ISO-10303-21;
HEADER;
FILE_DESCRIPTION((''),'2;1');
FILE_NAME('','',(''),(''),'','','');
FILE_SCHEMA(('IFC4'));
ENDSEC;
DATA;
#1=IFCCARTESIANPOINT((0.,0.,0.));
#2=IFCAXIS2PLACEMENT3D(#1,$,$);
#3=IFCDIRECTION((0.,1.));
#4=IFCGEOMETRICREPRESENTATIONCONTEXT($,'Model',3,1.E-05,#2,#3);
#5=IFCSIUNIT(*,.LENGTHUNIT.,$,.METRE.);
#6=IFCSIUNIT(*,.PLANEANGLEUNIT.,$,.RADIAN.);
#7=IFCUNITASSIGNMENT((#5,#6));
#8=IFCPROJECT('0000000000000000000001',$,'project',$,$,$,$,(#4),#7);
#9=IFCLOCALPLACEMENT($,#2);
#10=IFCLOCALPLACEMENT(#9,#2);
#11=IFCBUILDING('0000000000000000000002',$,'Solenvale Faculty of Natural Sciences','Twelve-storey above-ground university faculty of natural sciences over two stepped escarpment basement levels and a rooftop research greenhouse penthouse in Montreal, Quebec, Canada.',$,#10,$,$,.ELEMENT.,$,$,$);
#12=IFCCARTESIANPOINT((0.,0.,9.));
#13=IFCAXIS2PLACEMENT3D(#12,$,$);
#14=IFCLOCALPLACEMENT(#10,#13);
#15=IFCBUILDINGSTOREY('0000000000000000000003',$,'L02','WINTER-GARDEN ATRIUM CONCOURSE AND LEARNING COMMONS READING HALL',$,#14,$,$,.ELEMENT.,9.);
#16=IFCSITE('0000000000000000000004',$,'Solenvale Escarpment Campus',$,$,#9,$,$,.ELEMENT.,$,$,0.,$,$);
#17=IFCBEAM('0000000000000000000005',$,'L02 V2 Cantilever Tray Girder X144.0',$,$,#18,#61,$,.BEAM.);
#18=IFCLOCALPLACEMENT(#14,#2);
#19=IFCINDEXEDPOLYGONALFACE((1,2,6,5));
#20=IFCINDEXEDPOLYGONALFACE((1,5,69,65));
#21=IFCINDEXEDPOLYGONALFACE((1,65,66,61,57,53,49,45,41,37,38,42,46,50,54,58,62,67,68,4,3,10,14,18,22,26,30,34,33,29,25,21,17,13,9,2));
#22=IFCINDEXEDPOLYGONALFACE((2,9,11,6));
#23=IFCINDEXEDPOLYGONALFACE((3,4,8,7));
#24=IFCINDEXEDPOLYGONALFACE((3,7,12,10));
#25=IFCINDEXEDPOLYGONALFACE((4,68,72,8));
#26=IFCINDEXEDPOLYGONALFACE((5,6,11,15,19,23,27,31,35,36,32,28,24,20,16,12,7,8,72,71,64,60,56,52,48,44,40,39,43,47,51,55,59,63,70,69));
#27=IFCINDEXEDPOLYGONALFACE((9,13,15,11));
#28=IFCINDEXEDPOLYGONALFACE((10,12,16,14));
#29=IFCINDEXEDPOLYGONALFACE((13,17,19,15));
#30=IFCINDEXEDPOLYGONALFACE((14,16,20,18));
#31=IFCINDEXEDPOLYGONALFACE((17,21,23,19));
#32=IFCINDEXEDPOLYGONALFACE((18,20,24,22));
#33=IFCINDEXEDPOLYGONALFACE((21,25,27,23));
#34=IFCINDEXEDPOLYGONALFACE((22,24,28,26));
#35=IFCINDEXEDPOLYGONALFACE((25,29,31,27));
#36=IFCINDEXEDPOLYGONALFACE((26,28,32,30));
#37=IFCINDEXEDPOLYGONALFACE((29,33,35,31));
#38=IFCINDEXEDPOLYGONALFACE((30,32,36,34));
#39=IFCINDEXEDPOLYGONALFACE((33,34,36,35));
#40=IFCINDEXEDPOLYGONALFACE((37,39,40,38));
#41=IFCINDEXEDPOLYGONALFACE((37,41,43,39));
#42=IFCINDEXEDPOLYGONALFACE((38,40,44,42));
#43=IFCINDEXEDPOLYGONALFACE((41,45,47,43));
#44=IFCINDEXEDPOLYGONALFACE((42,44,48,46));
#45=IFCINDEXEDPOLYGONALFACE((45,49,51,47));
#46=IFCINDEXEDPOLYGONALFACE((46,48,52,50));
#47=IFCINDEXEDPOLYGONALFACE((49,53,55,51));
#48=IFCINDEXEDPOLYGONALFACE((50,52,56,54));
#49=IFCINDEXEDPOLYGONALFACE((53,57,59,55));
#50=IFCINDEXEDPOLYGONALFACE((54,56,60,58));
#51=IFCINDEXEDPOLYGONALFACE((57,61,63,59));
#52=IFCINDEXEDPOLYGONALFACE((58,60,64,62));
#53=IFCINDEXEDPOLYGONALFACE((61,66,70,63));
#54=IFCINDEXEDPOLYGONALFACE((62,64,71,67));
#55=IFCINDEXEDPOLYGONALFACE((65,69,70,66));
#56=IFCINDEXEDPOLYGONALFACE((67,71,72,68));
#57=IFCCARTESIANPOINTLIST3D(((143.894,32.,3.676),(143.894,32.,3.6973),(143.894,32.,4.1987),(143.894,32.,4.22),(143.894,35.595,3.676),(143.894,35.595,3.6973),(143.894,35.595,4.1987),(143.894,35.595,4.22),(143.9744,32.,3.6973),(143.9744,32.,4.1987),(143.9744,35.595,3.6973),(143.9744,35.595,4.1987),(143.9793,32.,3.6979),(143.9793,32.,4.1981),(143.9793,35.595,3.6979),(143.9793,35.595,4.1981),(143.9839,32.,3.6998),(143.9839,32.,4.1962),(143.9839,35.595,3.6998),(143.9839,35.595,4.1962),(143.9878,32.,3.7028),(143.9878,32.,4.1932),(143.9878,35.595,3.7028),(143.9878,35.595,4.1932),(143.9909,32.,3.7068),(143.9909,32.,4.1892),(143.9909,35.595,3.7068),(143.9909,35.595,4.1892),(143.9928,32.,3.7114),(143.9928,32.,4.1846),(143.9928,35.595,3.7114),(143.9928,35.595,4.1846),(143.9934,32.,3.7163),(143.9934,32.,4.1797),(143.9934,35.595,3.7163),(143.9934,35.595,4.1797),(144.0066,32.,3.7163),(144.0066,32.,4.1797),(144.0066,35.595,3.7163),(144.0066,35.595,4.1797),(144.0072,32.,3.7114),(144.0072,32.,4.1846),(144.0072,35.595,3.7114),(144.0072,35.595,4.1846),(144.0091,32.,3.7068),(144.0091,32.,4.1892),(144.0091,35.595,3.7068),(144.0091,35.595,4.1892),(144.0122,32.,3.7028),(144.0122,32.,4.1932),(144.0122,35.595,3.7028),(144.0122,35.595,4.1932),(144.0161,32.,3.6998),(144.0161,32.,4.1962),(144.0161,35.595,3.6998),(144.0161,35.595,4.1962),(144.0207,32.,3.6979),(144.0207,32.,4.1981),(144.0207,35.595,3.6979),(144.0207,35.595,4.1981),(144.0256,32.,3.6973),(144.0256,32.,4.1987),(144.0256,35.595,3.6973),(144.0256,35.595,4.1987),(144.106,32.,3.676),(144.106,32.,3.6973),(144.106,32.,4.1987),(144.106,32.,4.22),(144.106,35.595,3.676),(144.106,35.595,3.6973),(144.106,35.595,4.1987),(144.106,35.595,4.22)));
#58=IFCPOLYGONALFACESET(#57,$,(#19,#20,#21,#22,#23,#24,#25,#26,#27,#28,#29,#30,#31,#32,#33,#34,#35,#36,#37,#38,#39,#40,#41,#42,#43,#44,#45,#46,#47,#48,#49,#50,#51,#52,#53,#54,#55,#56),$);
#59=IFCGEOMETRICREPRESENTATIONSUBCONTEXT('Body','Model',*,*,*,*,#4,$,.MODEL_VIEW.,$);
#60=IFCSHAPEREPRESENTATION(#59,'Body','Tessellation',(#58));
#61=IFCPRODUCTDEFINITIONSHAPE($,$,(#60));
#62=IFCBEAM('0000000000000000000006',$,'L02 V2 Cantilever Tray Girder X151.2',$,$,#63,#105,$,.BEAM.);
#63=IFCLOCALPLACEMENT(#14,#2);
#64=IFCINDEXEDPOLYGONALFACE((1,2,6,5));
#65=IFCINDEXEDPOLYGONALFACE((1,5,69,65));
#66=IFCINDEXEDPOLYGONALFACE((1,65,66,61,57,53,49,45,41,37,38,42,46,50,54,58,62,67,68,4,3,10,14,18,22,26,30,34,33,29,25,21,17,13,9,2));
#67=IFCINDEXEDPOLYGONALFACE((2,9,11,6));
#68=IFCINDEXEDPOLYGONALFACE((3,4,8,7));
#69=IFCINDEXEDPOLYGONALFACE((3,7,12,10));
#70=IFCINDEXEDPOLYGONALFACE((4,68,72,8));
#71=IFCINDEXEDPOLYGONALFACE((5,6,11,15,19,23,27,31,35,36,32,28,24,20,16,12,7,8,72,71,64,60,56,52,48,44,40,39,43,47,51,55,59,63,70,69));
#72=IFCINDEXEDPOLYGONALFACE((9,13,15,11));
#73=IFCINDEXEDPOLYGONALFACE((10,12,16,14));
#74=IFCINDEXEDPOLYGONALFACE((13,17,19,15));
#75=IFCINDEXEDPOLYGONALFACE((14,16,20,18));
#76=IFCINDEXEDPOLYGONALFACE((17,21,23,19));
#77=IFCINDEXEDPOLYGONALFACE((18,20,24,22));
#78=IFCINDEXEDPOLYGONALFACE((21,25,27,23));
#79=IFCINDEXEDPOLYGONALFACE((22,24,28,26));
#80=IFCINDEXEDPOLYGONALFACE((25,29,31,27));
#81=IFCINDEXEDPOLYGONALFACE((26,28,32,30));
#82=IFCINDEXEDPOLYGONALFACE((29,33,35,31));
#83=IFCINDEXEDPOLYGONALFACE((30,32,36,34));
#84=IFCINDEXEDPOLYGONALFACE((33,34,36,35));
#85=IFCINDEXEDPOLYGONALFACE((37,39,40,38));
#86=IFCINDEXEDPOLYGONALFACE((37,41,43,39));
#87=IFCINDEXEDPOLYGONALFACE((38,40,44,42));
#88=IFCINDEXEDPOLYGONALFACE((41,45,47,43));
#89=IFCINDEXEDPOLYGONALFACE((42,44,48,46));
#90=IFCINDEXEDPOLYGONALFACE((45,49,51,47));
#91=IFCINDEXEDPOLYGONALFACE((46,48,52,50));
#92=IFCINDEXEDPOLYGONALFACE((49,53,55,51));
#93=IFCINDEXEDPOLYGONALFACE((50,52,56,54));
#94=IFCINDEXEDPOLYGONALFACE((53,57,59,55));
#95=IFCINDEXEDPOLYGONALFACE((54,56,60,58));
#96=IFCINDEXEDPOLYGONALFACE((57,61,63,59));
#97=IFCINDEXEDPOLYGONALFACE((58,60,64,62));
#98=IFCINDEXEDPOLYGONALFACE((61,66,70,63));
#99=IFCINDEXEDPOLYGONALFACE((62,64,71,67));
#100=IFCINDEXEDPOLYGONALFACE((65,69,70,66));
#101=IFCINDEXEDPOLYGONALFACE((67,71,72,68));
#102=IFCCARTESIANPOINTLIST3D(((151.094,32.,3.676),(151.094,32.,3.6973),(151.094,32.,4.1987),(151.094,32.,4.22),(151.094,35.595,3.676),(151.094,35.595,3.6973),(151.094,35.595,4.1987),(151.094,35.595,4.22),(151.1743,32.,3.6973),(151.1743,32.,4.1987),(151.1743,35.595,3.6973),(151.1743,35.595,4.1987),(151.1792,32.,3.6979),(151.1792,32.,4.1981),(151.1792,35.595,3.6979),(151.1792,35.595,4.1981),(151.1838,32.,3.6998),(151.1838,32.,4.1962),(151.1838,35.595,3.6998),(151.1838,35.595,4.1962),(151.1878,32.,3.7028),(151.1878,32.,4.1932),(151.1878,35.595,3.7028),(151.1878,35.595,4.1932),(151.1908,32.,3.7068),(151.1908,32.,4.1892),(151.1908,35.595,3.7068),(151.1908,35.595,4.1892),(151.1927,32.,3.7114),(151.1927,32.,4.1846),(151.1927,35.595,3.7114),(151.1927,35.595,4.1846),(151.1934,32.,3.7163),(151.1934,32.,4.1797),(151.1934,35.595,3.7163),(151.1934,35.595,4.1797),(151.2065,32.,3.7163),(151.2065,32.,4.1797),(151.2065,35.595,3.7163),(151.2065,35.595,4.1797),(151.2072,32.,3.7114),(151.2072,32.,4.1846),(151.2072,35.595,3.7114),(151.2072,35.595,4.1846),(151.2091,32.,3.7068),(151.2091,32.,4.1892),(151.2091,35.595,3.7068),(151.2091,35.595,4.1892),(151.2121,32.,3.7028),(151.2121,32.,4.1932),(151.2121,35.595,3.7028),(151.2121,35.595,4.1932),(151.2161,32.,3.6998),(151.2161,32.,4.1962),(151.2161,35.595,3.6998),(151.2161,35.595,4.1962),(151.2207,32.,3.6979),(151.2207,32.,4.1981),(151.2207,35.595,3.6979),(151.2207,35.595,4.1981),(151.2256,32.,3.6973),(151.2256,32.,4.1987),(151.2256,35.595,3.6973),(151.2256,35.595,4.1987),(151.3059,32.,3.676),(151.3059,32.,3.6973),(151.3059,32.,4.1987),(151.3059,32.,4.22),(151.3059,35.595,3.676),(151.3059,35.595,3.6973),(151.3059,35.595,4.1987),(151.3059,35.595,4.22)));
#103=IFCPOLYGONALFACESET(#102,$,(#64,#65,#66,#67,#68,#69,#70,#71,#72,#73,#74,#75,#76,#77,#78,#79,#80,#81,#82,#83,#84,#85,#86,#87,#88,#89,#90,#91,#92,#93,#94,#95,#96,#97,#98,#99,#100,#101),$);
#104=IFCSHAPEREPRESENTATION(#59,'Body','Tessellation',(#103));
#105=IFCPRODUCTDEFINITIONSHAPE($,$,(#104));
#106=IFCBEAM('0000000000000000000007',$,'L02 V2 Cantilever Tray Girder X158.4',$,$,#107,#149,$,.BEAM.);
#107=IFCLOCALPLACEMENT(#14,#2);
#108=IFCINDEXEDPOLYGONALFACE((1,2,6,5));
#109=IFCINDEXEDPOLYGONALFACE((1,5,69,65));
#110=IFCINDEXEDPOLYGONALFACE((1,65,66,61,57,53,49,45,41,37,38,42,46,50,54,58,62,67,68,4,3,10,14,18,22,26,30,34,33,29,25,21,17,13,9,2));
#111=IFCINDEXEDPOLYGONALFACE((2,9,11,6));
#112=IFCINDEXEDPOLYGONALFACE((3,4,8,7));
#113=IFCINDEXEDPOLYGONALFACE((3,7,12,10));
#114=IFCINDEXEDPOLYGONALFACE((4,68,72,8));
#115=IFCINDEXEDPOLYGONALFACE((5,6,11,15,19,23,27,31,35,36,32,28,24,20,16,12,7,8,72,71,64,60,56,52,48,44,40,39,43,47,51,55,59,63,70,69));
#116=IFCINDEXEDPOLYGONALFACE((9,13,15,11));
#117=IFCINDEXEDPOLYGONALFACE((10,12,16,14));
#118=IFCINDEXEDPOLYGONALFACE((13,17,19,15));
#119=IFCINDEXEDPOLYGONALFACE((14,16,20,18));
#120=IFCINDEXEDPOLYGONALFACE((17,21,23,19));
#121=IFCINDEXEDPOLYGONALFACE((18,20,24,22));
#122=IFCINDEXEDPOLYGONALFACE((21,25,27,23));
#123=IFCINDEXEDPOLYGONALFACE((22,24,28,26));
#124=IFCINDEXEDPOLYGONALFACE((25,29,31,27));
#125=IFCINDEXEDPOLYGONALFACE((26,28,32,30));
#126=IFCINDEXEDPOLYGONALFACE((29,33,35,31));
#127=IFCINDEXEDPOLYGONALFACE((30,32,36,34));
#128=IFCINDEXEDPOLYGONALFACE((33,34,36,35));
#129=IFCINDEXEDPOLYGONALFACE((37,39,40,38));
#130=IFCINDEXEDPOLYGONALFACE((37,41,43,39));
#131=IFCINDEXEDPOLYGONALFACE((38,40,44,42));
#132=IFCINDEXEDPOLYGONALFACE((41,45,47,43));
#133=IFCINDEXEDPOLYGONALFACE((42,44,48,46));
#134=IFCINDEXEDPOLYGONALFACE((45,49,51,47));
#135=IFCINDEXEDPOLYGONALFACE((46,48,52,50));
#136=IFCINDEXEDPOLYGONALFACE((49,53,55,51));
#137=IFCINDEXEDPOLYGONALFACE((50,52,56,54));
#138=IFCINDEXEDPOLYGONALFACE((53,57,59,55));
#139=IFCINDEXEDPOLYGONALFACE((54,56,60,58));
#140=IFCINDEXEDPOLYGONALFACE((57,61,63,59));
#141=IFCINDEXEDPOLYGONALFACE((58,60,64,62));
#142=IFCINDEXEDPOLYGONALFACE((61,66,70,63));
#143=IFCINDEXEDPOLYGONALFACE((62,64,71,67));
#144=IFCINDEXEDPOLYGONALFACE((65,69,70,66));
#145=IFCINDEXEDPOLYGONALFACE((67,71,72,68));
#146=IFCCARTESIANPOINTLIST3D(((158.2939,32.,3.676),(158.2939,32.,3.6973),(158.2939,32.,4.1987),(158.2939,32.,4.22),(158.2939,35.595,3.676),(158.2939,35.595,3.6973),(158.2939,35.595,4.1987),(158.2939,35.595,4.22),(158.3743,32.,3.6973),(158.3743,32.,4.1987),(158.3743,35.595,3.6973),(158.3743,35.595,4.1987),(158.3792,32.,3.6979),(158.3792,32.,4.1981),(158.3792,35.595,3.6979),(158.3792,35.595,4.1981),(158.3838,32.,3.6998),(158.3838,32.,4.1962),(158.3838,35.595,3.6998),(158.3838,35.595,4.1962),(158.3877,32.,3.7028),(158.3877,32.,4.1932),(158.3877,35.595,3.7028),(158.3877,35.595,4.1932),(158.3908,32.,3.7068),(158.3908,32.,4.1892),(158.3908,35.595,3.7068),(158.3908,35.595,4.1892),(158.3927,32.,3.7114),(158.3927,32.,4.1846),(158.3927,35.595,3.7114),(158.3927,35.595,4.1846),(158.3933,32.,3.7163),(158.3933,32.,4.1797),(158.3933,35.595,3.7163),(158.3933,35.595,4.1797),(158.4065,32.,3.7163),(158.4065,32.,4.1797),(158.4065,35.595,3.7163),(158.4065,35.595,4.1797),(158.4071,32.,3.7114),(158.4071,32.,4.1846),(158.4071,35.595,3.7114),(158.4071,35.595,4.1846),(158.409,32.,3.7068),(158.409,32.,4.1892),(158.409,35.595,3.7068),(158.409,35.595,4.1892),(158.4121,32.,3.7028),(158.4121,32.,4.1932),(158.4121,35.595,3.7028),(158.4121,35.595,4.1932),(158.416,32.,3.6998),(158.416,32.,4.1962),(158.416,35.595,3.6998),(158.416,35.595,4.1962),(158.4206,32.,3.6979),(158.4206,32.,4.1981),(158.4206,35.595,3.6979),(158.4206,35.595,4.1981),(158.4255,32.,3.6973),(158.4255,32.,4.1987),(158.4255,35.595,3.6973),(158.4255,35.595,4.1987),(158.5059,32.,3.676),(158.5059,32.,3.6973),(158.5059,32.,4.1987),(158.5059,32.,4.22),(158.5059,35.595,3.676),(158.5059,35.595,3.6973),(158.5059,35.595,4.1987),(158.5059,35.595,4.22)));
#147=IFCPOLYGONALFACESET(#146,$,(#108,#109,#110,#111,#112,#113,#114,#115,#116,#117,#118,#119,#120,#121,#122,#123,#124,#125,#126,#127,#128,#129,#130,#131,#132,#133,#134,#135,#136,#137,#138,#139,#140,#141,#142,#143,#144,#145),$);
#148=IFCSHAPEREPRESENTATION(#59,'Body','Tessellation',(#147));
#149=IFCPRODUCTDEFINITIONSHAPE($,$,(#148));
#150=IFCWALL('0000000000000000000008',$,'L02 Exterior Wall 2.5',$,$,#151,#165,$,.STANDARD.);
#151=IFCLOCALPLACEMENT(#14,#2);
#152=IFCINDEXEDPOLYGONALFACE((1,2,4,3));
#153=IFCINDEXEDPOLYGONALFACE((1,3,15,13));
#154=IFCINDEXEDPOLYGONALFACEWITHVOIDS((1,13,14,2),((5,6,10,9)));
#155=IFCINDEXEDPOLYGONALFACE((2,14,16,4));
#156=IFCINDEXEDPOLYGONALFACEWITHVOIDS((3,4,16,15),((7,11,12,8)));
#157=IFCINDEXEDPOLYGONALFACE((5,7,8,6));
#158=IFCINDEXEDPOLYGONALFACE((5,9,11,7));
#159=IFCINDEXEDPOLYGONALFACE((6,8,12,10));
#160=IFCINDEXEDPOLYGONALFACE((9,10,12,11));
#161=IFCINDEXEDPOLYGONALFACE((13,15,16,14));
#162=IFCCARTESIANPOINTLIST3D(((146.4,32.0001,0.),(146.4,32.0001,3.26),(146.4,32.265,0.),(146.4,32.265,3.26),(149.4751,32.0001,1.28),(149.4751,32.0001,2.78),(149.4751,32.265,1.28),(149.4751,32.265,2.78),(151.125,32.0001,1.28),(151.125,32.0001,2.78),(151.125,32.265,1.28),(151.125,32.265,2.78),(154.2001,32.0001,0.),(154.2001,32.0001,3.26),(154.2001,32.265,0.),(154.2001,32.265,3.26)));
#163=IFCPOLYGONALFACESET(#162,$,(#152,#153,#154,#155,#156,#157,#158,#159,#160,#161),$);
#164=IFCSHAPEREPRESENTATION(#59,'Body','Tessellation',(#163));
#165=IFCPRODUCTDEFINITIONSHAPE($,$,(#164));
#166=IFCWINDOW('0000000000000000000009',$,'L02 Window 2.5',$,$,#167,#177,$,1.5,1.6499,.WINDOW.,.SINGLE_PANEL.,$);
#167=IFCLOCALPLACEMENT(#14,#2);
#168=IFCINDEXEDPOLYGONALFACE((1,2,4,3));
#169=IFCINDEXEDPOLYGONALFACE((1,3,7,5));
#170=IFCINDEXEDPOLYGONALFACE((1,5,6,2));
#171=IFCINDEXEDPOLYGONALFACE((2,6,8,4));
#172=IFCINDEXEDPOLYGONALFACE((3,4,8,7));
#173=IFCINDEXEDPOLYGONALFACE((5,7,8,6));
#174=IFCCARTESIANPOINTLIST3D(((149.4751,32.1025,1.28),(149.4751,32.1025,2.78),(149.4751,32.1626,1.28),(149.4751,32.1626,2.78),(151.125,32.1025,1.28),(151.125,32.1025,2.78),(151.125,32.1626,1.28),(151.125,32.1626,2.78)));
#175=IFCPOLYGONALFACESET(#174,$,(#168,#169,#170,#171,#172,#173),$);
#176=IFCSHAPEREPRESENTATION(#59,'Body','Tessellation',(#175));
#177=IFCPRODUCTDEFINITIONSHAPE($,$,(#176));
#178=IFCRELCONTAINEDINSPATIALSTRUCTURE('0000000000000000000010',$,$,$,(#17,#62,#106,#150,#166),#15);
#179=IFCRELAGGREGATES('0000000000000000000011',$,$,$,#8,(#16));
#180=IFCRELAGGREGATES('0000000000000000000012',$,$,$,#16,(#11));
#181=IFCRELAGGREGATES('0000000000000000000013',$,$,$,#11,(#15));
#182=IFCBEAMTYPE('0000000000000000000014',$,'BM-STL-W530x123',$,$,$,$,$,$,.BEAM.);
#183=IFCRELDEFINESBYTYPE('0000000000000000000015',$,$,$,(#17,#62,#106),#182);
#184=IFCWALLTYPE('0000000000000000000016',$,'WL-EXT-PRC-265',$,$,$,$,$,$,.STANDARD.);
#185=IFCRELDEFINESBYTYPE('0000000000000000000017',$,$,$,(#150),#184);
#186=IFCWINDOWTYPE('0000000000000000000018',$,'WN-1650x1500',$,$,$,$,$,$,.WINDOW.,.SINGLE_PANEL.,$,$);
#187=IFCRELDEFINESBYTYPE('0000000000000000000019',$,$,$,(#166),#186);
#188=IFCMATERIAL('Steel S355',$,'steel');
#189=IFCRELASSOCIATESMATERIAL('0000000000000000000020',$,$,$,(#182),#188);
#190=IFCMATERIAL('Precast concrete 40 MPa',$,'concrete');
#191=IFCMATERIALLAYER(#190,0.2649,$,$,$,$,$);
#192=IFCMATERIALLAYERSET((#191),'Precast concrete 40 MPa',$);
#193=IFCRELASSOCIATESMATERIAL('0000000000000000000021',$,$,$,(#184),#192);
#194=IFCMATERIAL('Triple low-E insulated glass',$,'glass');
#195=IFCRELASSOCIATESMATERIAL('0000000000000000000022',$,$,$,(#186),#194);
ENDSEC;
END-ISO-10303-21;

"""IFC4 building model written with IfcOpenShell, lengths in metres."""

from ifc_helpers import new_model, si_unit, direction, frame, frame_2d, origin, origin_2d, place, context, subcontext, project, spatial, rectangle, i_section, extrude, material, layer, layer_set, material_profile, profile_set, type_object, element, fill, save


model = new_model("IFC4")

# Units and contexts
model_context = context("Model", 3, precision=1e-05, world=origin(), true_north=direction((0.0, 1.0)))
body_context = subcontext(model_context, "Body", "Model", "MODEL_VIEW")
ifc_project = project(units=[si_unit("LENGTHUNIT", "METRE"), si_unit("PLANEANGLEUNIT", "RADIAN")], contexts=[model_context])

# Site, building, storey
site_placement = place(None, origin())
site = spatial("IfcSite", under=ifc_project, at=site_placement, Name="Solenvale Escarpment Campus", CompositionType="ELEMENT", RefElevation=0.0)
building_placement = place(site_placement, origin())
building = spatial("IfcBuilding", under=site, at=building_placement, Name="Solenvale Faculty of Natural Sciences", Description="Twelve-storey above-ground university faculty of natural sciences over two stepped escarpment basement levels and a rooftop research greenhouse penthouse in Montreal, Quebec, Canada.", CompositionType="ELEMENT")
storey_placement = place(building_placement, frame((0.0, 0.0, 9.0)))
storey = spatial("IfcBuildingStorey", under=building, at=storey_placement, Name="L02", Description="WINTER-GARDEN ATRIUM CONCOURSE AND LEARNING COMMONS READING HALL", CompositionType="ELEMENT", Elevation=9.0)

# Beams
ifc_material_1 = material(Name="Steel S355", Category="steel")
ifc_material_profile_1 = material_profile(ifc_material_1, i_section(OverallWidth=0.2119, OverallDepth=0.5439, WebThickness=0.0132, FlangeThickness=0.0212, FilletRadius=0.019, at=origin_2d()), Name="W530x123")
ifc_profile_set_1 = profile_set([ifc_material_profile_1], Name="Steel S355")
beam_type_1 = type_object("IfcBeamType", Name="BM-STL-W530x123", PredefinedType="BEAM", material=ifc_profile_set_1)
for number, where, z_axis, x_axis, name in (
    (1, (144.0, 35.595, 3.948), (0.0, -1.0, 0.0), (1.0, 0.0, 0.0), "L02 V2 Cantilever Tray Girder X144.0"),
    (2, (151.2, 35.595, 3.948), (0.0, -1.0, 0.0), (1.0, 0.0, 0.0), "L02 V2 Cantilever Tray Girder X151.2"),
    (3, (158.3999, 35.595, 3.948), (0.0, -1.0, 0.0), (1.0, 0.0, 0.0), "L02 V2 Cantilever Tray Girder X158.4"),
):
    element("IfcBeam", number, at=place(storey_placement, frame(where, z_axis=z_axis, x_axis=x_axis)), inside=storey, type_object=beam_type_1, Name=name, PredefinedType="BEAM", context=body_context, shape_type="SweptSolid", body=[
        extrude(i_section(OverallWidth=0.2119, OverallDepth=0.5439, WebThickness=0.0132, FlangeThickness=0.0212, FilletRadius=0.019, at=origin_2d()), origin(), (0.0, 0.0, 1.0), 3.595),
    ])

# Wall, opening, window
ifc_material_2 = material(Name="Precast concrete 40 MPa", Category="concrete")
ifc_layer_1 = layer(ifc_material_2, 0.2649)
ifc_layer_set_1 = layer_set([ifc_layer_1], Name="Precast concrete 40 MPa")
wall_type_1 = type_object("IfcWallType", Name="WL-EXT-PRC-265", PredefinedType="STANDARD", material=ifc_layer_set_1)
wall_1_placement = place(storey_placement, frame((154.2, 32.1326, 0.0), z_axis=(0.0, 0.0, 1.0), x_axis=(-1.0, 0.0, 0.0)))
wall_1 = element("IfcWall", 4, at=wall_1_placement, inside=storey, type_object=wall_type_1, Name="L02 Exterior Wall 2.5", PredefinedType="STANDARD", context=body_context, shape_type="SweptSolid", body=[
    extrude(rectangle(XDim=7.8, YDim=0.2649, at=frame_2d((3.8999, 0.0))), origin(), (0.0, 0.0, 1.0), 3.26),
])
opening_1_placement = place(wall_1_placement, frame((3.075, 0.0, 1.28)))
opening_1 = element("IfcOpeningElement", 5, at=opening_1_placement, cuts=wall_1, PredefinedType="OPENING", context=body_context, shape_type="SweptSolid", body=[
    extrude(rectangle(XDim=1.6499, YDim=1.5, at=frame_2d((0.825, 0.75))), frame((0.0, 0.1423, 0.0), z_axis=(0.0, -1.0, 0.0), x_axis=(1.0, 0.0, 0.0)), (0.0, 0.0, 1.0), 0.2849),
])
ifc_material_3 = material(Name="Triple low-E insulated glass", Category="glass")
window_type_1 = type_object("IfcWindowType", Name="WN-1650x1500", PartitioningType="SINGLE_PANEL", PredefinedType="WINDOW", material=ifc_material_3)
window_1_placement = place(opening_1_placement, origin())
window_1 = element("IfcWindow", 6, at=window_1_placement, inside=storey, type_object=window_type_1, Name="L02 Window 2.5", OverallHeight=1.5, OverallWidth=1.6499, PartitioningType="SINGLE_PANEL", PredefinedType="WINDOW", context=body_context, shape_type="SweptSolid", body=[
    extrude(rectangle(XDim=1.6499, YDim=1.5, at=frame_2d((0.825, 0.75))), frame((0.0, 0.03, 0.0), z_axis=(0.0, -1.0, 0.0), x_axis=(1.0, 0.0, 0.0)), (0.0, 0.0, 1.0), 0.0601),
])
fill(opening_1, window_1)

save(model, "model.ifc")
